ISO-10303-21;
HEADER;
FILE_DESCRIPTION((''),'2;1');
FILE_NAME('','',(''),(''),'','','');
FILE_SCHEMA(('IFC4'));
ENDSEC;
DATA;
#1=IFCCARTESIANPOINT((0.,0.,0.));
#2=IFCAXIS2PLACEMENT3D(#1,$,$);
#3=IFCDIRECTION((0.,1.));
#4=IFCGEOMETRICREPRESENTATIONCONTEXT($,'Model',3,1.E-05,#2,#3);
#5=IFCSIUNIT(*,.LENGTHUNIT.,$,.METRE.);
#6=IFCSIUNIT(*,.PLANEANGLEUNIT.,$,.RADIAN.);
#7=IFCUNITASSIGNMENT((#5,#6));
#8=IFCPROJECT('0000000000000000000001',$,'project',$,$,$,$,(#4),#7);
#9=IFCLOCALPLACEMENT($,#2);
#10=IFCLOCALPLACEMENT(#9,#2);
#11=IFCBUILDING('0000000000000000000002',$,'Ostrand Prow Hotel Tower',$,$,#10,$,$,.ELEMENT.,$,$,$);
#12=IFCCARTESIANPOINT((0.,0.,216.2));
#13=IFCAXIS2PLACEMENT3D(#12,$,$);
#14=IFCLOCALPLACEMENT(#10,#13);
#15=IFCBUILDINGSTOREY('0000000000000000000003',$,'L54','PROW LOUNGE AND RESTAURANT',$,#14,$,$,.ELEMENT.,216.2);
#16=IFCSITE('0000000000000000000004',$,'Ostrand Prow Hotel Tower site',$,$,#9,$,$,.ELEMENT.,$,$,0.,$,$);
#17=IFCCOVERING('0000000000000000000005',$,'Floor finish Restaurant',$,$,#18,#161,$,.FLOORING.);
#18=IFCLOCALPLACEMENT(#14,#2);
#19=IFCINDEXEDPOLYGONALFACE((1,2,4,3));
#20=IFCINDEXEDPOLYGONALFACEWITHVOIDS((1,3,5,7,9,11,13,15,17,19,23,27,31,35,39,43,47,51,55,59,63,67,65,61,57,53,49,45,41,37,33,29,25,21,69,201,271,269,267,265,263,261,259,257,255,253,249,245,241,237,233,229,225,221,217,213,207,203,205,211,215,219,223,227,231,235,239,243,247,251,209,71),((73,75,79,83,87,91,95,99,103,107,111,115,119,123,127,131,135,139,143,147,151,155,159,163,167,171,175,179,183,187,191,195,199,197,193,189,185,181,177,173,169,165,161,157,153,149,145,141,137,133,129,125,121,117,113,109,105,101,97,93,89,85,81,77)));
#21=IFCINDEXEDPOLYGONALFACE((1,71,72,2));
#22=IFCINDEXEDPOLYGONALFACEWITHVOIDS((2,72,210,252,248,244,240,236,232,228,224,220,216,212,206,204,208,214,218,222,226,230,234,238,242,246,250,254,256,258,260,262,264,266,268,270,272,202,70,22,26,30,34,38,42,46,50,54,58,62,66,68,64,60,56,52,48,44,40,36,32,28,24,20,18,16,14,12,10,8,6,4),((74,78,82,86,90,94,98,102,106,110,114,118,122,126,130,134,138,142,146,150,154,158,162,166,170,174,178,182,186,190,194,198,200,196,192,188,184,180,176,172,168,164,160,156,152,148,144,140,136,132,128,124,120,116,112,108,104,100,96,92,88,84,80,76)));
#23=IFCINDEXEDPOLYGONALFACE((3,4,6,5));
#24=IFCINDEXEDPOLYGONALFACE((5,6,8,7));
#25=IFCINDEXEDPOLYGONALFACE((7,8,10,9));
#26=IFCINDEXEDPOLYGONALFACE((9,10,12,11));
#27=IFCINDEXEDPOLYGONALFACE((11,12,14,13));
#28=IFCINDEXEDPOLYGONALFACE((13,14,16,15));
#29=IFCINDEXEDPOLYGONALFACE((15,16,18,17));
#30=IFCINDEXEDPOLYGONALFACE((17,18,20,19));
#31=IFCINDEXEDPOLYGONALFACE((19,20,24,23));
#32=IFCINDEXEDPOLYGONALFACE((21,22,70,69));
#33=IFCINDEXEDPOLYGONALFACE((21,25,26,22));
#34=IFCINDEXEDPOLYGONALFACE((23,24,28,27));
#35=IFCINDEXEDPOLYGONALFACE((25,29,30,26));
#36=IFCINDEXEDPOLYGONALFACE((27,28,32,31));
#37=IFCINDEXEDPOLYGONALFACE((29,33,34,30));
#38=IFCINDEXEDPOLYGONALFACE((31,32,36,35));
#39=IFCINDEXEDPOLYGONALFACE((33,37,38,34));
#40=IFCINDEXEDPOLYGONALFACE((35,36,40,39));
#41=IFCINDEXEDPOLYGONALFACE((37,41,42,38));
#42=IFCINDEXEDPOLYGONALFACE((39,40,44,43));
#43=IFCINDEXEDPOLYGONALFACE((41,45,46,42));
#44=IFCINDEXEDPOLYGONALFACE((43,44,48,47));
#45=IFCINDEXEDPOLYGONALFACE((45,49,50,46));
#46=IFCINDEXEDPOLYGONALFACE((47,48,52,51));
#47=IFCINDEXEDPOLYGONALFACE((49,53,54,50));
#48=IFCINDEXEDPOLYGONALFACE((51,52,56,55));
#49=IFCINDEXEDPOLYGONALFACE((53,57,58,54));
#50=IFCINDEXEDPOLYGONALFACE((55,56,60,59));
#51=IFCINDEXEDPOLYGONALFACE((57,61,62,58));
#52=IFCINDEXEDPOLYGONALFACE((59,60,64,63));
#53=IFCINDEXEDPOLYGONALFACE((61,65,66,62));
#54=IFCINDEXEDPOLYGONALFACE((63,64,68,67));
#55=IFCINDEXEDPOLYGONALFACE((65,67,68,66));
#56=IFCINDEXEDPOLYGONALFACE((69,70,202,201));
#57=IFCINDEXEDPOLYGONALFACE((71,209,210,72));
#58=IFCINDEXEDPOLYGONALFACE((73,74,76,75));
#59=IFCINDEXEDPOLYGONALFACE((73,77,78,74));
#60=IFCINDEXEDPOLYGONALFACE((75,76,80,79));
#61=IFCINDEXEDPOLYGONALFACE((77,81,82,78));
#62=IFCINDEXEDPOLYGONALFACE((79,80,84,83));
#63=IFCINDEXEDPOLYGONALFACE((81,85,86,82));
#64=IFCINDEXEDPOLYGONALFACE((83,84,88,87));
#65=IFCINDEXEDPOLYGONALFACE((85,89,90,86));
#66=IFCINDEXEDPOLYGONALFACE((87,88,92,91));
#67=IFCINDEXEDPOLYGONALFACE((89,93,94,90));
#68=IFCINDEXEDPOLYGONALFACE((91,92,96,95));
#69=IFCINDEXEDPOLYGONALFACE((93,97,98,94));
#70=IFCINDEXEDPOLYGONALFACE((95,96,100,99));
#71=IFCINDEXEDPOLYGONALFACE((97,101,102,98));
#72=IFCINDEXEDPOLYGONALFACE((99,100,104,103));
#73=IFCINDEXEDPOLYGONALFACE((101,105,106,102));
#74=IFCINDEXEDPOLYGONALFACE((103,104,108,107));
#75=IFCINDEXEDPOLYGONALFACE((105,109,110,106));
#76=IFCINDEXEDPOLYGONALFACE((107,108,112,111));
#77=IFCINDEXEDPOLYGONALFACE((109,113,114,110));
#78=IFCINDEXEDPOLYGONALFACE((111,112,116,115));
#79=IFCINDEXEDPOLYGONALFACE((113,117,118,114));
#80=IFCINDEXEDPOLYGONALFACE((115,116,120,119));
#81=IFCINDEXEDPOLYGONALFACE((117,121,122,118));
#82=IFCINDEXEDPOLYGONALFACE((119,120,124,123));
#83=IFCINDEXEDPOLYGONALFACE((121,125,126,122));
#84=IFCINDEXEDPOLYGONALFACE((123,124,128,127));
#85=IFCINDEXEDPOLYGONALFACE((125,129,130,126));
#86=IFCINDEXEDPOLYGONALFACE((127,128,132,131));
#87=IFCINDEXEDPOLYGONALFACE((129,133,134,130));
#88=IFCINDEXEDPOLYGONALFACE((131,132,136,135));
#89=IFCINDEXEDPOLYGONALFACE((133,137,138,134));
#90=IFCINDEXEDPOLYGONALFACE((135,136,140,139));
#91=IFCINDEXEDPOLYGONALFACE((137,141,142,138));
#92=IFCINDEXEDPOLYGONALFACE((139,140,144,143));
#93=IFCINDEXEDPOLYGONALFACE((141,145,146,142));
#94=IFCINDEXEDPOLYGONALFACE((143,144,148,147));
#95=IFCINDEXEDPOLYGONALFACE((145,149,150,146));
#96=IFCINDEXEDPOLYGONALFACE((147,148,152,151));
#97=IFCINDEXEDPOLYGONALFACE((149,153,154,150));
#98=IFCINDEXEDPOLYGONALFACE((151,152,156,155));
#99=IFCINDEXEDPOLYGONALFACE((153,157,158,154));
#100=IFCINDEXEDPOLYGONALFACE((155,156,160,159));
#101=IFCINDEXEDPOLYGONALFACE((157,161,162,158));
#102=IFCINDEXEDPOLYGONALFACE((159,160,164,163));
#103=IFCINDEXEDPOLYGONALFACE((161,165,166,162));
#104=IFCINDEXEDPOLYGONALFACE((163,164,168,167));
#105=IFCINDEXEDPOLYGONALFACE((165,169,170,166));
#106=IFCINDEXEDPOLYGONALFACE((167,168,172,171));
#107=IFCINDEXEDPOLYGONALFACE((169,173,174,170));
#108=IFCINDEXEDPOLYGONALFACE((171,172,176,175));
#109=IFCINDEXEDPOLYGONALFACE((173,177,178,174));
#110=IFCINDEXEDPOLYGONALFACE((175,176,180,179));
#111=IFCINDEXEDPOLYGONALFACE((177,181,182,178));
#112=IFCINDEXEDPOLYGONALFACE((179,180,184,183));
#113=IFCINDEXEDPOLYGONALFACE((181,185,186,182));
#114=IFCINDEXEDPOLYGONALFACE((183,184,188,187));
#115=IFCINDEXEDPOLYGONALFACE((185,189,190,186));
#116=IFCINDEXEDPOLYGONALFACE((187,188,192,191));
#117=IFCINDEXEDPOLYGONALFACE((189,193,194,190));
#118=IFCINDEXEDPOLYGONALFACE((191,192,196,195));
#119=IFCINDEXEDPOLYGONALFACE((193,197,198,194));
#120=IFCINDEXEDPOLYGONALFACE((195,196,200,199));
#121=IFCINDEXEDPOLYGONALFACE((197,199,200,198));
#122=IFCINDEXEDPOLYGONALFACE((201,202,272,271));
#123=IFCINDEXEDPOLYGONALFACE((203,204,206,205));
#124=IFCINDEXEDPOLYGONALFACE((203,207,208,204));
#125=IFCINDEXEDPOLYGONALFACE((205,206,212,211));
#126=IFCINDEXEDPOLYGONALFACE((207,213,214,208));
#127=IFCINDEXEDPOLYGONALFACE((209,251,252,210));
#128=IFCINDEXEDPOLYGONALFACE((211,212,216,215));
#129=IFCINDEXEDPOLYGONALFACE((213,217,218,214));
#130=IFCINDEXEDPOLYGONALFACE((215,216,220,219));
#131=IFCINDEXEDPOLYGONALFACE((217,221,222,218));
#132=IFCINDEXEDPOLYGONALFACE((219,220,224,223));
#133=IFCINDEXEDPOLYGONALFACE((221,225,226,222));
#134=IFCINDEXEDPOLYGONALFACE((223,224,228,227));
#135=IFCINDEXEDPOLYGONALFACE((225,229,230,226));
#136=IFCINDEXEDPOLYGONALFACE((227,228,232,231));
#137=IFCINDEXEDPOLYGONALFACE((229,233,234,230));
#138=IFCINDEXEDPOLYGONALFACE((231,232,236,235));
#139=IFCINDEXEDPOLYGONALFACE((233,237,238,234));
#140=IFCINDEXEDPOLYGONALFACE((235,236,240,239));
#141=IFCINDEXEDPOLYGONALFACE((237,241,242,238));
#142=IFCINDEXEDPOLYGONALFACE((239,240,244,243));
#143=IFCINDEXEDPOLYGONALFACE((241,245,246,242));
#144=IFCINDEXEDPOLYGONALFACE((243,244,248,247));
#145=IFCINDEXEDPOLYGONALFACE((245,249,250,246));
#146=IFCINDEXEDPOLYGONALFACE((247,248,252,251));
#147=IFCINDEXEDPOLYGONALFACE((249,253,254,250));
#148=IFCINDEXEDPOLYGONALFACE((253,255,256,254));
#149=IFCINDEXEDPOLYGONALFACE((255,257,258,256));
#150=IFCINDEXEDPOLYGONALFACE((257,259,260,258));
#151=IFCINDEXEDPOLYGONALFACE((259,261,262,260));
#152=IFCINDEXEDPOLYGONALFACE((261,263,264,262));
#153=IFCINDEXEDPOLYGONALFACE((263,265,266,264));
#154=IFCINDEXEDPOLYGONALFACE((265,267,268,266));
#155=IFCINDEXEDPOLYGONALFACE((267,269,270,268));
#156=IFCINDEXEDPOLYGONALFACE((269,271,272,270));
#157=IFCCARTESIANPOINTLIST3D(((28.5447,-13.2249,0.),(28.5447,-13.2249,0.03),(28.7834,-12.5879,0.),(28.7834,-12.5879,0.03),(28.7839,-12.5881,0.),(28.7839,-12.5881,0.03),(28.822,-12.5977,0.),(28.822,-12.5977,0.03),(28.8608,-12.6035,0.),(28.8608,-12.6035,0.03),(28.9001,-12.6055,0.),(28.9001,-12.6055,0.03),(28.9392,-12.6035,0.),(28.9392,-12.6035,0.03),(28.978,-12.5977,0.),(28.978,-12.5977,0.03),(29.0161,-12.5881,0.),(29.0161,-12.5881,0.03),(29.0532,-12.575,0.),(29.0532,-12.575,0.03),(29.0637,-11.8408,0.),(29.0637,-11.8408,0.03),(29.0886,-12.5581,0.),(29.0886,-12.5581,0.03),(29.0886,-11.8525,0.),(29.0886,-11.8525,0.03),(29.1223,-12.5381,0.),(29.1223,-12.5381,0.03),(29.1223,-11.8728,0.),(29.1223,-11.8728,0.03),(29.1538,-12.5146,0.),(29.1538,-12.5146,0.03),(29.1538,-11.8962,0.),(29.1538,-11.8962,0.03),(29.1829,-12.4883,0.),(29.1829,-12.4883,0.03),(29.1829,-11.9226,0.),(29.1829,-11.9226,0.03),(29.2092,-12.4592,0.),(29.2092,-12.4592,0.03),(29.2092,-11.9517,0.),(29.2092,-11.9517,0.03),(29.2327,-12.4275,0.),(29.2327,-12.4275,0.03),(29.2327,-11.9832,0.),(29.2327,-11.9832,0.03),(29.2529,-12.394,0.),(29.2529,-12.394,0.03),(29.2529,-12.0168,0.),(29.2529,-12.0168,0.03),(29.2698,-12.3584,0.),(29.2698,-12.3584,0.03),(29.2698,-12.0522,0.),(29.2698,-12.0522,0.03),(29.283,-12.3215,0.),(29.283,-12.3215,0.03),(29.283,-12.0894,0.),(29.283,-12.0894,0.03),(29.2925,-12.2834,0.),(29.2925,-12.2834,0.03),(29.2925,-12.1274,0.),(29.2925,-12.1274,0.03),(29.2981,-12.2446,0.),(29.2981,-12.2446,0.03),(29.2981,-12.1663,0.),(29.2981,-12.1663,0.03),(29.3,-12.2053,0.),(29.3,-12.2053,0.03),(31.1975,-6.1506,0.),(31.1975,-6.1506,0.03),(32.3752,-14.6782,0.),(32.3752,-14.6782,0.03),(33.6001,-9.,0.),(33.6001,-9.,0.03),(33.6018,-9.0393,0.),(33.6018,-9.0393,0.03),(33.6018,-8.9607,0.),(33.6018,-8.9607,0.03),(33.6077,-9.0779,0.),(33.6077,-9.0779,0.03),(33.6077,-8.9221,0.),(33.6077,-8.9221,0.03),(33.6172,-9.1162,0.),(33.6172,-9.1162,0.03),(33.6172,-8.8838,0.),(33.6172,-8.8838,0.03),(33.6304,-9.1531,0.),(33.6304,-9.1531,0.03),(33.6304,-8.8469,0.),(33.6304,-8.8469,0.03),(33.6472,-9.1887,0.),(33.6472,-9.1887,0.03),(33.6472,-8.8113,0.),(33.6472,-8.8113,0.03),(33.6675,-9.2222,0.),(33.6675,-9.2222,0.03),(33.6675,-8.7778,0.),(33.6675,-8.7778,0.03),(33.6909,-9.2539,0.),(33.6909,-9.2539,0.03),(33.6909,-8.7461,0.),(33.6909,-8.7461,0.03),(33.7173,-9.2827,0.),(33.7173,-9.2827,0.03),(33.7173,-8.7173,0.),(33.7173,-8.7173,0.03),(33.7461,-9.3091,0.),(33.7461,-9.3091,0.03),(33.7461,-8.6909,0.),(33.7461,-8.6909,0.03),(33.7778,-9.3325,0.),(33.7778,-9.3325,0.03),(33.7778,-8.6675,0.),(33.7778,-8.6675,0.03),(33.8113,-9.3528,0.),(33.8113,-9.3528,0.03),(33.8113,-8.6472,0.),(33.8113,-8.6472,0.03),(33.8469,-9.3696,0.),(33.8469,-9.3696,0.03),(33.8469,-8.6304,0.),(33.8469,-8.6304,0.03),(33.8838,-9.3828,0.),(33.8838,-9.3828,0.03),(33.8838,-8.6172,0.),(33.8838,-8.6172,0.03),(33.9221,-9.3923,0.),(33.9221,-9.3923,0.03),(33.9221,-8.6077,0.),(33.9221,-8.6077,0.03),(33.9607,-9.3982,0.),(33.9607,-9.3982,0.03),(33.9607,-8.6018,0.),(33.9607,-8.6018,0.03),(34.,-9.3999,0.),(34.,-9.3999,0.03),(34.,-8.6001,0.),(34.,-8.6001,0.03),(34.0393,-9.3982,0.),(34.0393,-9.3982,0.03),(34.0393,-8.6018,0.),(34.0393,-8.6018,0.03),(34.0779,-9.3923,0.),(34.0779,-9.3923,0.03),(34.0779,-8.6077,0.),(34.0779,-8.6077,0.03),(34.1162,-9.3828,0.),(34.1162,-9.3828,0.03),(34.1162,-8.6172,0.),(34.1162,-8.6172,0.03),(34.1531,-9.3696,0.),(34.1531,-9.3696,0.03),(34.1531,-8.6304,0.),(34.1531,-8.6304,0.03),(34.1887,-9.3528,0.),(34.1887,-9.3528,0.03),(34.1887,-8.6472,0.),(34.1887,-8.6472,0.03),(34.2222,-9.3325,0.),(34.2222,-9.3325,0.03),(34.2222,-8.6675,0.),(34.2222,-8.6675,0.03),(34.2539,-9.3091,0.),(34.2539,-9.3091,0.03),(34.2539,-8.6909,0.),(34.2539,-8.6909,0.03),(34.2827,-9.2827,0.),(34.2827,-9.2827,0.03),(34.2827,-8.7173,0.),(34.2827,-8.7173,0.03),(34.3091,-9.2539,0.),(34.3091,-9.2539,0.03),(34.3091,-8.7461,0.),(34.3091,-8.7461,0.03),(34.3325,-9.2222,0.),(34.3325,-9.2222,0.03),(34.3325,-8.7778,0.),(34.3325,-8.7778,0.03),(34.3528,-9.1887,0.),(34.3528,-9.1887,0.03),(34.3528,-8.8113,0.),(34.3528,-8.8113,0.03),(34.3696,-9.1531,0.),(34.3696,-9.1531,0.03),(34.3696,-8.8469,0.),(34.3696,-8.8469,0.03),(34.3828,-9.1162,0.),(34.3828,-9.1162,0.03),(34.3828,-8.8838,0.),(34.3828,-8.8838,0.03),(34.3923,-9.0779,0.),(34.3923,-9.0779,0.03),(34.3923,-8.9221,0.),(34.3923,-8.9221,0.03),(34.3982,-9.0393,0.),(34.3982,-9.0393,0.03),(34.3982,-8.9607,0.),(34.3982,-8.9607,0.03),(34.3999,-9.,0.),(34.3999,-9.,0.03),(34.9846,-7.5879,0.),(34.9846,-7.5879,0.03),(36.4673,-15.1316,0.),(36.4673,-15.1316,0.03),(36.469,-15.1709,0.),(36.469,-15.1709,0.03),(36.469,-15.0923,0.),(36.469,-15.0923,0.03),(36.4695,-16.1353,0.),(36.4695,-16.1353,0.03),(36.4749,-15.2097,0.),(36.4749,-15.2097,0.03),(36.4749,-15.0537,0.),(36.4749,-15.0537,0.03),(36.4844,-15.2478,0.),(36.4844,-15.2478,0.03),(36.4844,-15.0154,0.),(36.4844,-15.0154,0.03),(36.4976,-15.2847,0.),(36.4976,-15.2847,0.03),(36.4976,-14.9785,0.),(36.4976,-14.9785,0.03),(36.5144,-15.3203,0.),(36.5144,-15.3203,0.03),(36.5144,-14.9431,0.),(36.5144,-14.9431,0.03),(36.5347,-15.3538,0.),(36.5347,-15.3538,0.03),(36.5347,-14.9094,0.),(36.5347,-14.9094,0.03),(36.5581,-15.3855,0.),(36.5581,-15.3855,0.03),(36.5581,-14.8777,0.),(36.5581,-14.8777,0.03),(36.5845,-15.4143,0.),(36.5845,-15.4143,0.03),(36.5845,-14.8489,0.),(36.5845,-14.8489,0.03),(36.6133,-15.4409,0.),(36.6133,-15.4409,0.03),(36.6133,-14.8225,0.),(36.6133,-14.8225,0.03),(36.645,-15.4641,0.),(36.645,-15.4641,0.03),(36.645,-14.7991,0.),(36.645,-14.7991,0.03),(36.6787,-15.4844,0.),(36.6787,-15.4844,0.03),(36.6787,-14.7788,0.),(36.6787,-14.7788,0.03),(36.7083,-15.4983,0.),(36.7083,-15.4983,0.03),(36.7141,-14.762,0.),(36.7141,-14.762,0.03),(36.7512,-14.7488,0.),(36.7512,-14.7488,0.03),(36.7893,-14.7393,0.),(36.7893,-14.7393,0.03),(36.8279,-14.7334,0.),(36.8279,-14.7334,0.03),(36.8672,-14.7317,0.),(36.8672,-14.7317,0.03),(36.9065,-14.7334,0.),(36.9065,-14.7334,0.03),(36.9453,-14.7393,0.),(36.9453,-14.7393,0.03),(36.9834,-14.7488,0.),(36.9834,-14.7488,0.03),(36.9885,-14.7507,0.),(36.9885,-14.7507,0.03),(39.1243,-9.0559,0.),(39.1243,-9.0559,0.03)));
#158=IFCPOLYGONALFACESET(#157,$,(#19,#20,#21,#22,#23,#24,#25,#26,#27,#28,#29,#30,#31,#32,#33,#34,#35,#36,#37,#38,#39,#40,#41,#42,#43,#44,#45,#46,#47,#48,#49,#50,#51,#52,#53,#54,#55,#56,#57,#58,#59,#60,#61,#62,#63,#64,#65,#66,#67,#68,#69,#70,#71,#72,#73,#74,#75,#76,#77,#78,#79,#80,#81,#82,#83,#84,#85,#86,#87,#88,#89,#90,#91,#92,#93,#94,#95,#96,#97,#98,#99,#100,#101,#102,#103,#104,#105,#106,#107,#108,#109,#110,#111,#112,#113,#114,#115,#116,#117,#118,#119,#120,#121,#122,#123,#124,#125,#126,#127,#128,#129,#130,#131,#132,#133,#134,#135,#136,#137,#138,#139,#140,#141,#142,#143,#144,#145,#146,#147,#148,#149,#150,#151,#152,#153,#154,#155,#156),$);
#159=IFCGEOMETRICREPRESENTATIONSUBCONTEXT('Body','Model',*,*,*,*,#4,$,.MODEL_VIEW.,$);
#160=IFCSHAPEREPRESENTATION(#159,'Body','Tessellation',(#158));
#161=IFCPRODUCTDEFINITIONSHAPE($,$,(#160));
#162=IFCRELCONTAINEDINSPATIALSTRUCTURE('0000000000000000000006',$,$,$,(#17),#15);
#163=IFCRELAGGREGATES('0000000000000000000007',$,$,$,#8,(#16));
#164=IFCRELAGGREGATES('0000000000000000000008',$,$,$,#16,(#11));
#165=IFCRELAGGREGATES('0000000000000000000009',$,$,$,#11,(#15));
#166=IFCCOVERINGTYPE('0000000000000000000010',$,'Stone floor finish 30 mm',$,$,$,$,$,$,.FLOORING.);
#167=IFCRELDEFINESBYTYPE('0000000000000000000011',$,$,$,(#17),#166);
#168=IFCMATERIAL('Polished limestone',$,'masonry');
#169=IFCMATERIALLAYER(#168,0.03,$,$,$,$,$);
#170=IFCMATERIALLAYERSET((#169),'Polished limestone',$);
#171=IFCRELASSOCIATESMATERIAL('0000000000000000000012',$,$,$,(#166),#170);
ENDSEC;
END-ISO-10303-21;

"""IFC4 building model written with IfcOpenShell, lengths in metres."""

from ifc_helpers import new_model, si_unit, direction, frame, origin, place, context, subcontext, project, spatial, polyline, outline, extrude, material, layer, layer_set, type_object, element, save


model = new_model("IFC4")

# Units and contexts
model_context = context("Model", 3, precision=1e-05, world=origin(), true_north=direction((0.0, 1.0)))
body_context = subcontext(model_context, "Body", "Model", "MODEL_VIEW")
ifc_project = project(units=[si_unit("LENGTHUNIT", "METRE"), si_unit("PLANEANGLEUNIT", "RADIAN")], contexts=[model_context])

# Site, building, storey
site_placement = place(None, origin())
site = spatial("IfcSite", under=ifc_project, at=site_placement, Name="Ostrand Prow Hotel Tower site", CompositionType="ELEMENT", RefElevation=0.0)
building_placement = place(site_placement, origin())
building = spatial("IfcBuilding", under=site, at=building_placement, Name="Ostrand Prow Hotel Tower", CompositionType="ELEMENT")
storey_placement = place(building_placement, frame((0.0, 0.0, 216.2)))
storey = spatial("IfcBuildingStorey", under=building, at=storey_placement, Name="L54", Description="PROW LOUNGE AND RESTAURANT", CompositionType="ELEMENT", Elevation=216.2)

# Covering
ifc_material_1 = material(Name="Polished limestone", Category="masonry")
ifc_layer_1 = layer(ifc_material_1, 0.03)
ifc_layer_set_1 = layer_set([ifc_layer_1], Name="Polished limestone")
covering_type_1 = type_object("IfcCoveringType", Name="Stone floor finish 30 mm", PredefinedType="FLOORING", material=ifc_layer_set_1)
covering_1_placement = place(storey_placement, origin())
element("IfcCovering", 1, at=covering_1_placement, inside=storey, type_object=covering_type_1, Name="Floor finish Restaurant", PredefinedType="FLOORING", context=body_context, shape_type="SweptSolid", body=[
    extrude(outline(polyline([(32.3752, -14.6782), (36.4695, -16.1353), (36.7083, -15.4983), (36.6787, -15.4844), (36.645, -15.4641), (36.6133, -15.4409), (36.5845, -15.4143), (36.5581, -15.3855), (36.5347, -15.3538), (36.5144, -15.3203), (36.4976, -15.2847), (36.4844, -15.2478), (36.4749, -15.2097), (36.469, -15.1709), (36.4673, -15.1316), (36.469, -15.0923), (36.4749, -15.0537), (36.4844, -15.0154), (36.4976, -14.9785), (36.5144, -14.9431), (36.5347, -14.9094), (36.5581, -14.8777), (36.5845, -14.8489), (36.6133, -14.8225), (36.645, -14.7991), (36.6787, -14.7788), (36.7141, -14.762), (36.7512, -14.7488), (36.7893, -14.7393), (36.8279, -14.7334), (36.8672, -14.7317), (36.9065, -14.7334), (36.9453, -14.7393), (36.9834, -14.7488), (36.9885, -14.7507), (39.1243, -9.0559), (34.9846, -7.5879), (31.1975, -6.1506), (29.0637, -11.8408), (29.0886, -11.8525), (29.1223, -11.8728), (29.1538, -11.8962), (29.1829, -11.9226), (29.2092, -11.9517), (29.2327, -11.9832), (29.2529, -12.0168), (29.2698, -12.0522), (29.283, -12.0894), (29.2925, -12.1274), (29.2981, -12.1663), (29.3, -12.2053), (29.2981, -12.2446), (29.2925, -12.2834), (29.283, -12.3215), (29.2698, -12.3584), (29.2529, -12.394), (29.2327, -12.4275), (29.2092, -12.4592), (29.1829, -12.4883), (29.1538, -12.5146), (29.1223, -12.5381), (29.0886, -12.5581), (29.0532, -12.575), (29.0161, -12.5881), (28.978, -12.5977), (28.9392, -12.6035), (28.9001, -12.6055), (28.8608, -12.6035), (28.822, -12.5977), (28.7839, -12.5881), (28.7834, -12.5879), (28.5447, -13.2249), (32.3752, -14.6782)]), holes=[polyline([(34.3325, -9.2222), (34.3091, -9.2539), (34.2827, -9.2827), (34.2539, -9.3091), (34.2222, -9.3325), (34.1887, -9.3528), (34.1531, -9.3696), (34.1162, -9.3828), (34.0779, -9.3923), (34.0393, -9.3982), (34.0, -9.3999), (33.9607, -9.3982), (33.9221, -9.3923), (33.8838, -9.3828), (33.8469, -9.3696), (33.8113, -9.3528), (33.7778, -9.3325), (33.7461, -9.3091), (33.7173, -9.2827), (33.6909, -9.2539), (33.6675, -9.2222), (33.6472, -9.1887), (33.6304, -9.1531), (33.6172, -9.1162), (33.6077, -9.0779), (33.6018, -9.0393), (33.6001, -9.0), (33.6018, -8.9607), (33.6077, -8.9221), (33.6172, -8.8838), (33.6304, -8.8469), (33.6472, -8.8113), (33.6675, -8.7778), (33.6909, -8.7461), (33.7173, -8.7173), (33.7461, -8.6909), (33.7778, -8.6675), (33.8113, -8.6472), (33.8469, -8.6304), (33.8838, -8.6172), (33.9221, -8.6077), (33.9607, -8.6018), (34.0, -8.6001), (34.0393, -8.6018), (34.0779, -8.6077), (34.1162, -8.6172), (34.1531, -8.6304), (34.1887, -8.6472), (34.2222, -8.6675), (34.2539, -8.6909), (34.2827, -8.7173), (34.3091, -8.7461), (34.3325, -8.7778), (34.3528, -8.8113), (34.3696, -8.8469), (34.3828, -8.8838), (34.3923, -8.9221), (34.3982, -8.9607), (34.3999, -9.0), (34.3982, -9.0393), (34.3923, -9.0779), (34.3828, -9.1162), (34.3696, -9.1531), (34.3528, -9.1887), (34.3325, -9.2222)])]), origin(), (0.0, 0.0, 1.0), 0.03),
])

save(model, "model.ifc")
